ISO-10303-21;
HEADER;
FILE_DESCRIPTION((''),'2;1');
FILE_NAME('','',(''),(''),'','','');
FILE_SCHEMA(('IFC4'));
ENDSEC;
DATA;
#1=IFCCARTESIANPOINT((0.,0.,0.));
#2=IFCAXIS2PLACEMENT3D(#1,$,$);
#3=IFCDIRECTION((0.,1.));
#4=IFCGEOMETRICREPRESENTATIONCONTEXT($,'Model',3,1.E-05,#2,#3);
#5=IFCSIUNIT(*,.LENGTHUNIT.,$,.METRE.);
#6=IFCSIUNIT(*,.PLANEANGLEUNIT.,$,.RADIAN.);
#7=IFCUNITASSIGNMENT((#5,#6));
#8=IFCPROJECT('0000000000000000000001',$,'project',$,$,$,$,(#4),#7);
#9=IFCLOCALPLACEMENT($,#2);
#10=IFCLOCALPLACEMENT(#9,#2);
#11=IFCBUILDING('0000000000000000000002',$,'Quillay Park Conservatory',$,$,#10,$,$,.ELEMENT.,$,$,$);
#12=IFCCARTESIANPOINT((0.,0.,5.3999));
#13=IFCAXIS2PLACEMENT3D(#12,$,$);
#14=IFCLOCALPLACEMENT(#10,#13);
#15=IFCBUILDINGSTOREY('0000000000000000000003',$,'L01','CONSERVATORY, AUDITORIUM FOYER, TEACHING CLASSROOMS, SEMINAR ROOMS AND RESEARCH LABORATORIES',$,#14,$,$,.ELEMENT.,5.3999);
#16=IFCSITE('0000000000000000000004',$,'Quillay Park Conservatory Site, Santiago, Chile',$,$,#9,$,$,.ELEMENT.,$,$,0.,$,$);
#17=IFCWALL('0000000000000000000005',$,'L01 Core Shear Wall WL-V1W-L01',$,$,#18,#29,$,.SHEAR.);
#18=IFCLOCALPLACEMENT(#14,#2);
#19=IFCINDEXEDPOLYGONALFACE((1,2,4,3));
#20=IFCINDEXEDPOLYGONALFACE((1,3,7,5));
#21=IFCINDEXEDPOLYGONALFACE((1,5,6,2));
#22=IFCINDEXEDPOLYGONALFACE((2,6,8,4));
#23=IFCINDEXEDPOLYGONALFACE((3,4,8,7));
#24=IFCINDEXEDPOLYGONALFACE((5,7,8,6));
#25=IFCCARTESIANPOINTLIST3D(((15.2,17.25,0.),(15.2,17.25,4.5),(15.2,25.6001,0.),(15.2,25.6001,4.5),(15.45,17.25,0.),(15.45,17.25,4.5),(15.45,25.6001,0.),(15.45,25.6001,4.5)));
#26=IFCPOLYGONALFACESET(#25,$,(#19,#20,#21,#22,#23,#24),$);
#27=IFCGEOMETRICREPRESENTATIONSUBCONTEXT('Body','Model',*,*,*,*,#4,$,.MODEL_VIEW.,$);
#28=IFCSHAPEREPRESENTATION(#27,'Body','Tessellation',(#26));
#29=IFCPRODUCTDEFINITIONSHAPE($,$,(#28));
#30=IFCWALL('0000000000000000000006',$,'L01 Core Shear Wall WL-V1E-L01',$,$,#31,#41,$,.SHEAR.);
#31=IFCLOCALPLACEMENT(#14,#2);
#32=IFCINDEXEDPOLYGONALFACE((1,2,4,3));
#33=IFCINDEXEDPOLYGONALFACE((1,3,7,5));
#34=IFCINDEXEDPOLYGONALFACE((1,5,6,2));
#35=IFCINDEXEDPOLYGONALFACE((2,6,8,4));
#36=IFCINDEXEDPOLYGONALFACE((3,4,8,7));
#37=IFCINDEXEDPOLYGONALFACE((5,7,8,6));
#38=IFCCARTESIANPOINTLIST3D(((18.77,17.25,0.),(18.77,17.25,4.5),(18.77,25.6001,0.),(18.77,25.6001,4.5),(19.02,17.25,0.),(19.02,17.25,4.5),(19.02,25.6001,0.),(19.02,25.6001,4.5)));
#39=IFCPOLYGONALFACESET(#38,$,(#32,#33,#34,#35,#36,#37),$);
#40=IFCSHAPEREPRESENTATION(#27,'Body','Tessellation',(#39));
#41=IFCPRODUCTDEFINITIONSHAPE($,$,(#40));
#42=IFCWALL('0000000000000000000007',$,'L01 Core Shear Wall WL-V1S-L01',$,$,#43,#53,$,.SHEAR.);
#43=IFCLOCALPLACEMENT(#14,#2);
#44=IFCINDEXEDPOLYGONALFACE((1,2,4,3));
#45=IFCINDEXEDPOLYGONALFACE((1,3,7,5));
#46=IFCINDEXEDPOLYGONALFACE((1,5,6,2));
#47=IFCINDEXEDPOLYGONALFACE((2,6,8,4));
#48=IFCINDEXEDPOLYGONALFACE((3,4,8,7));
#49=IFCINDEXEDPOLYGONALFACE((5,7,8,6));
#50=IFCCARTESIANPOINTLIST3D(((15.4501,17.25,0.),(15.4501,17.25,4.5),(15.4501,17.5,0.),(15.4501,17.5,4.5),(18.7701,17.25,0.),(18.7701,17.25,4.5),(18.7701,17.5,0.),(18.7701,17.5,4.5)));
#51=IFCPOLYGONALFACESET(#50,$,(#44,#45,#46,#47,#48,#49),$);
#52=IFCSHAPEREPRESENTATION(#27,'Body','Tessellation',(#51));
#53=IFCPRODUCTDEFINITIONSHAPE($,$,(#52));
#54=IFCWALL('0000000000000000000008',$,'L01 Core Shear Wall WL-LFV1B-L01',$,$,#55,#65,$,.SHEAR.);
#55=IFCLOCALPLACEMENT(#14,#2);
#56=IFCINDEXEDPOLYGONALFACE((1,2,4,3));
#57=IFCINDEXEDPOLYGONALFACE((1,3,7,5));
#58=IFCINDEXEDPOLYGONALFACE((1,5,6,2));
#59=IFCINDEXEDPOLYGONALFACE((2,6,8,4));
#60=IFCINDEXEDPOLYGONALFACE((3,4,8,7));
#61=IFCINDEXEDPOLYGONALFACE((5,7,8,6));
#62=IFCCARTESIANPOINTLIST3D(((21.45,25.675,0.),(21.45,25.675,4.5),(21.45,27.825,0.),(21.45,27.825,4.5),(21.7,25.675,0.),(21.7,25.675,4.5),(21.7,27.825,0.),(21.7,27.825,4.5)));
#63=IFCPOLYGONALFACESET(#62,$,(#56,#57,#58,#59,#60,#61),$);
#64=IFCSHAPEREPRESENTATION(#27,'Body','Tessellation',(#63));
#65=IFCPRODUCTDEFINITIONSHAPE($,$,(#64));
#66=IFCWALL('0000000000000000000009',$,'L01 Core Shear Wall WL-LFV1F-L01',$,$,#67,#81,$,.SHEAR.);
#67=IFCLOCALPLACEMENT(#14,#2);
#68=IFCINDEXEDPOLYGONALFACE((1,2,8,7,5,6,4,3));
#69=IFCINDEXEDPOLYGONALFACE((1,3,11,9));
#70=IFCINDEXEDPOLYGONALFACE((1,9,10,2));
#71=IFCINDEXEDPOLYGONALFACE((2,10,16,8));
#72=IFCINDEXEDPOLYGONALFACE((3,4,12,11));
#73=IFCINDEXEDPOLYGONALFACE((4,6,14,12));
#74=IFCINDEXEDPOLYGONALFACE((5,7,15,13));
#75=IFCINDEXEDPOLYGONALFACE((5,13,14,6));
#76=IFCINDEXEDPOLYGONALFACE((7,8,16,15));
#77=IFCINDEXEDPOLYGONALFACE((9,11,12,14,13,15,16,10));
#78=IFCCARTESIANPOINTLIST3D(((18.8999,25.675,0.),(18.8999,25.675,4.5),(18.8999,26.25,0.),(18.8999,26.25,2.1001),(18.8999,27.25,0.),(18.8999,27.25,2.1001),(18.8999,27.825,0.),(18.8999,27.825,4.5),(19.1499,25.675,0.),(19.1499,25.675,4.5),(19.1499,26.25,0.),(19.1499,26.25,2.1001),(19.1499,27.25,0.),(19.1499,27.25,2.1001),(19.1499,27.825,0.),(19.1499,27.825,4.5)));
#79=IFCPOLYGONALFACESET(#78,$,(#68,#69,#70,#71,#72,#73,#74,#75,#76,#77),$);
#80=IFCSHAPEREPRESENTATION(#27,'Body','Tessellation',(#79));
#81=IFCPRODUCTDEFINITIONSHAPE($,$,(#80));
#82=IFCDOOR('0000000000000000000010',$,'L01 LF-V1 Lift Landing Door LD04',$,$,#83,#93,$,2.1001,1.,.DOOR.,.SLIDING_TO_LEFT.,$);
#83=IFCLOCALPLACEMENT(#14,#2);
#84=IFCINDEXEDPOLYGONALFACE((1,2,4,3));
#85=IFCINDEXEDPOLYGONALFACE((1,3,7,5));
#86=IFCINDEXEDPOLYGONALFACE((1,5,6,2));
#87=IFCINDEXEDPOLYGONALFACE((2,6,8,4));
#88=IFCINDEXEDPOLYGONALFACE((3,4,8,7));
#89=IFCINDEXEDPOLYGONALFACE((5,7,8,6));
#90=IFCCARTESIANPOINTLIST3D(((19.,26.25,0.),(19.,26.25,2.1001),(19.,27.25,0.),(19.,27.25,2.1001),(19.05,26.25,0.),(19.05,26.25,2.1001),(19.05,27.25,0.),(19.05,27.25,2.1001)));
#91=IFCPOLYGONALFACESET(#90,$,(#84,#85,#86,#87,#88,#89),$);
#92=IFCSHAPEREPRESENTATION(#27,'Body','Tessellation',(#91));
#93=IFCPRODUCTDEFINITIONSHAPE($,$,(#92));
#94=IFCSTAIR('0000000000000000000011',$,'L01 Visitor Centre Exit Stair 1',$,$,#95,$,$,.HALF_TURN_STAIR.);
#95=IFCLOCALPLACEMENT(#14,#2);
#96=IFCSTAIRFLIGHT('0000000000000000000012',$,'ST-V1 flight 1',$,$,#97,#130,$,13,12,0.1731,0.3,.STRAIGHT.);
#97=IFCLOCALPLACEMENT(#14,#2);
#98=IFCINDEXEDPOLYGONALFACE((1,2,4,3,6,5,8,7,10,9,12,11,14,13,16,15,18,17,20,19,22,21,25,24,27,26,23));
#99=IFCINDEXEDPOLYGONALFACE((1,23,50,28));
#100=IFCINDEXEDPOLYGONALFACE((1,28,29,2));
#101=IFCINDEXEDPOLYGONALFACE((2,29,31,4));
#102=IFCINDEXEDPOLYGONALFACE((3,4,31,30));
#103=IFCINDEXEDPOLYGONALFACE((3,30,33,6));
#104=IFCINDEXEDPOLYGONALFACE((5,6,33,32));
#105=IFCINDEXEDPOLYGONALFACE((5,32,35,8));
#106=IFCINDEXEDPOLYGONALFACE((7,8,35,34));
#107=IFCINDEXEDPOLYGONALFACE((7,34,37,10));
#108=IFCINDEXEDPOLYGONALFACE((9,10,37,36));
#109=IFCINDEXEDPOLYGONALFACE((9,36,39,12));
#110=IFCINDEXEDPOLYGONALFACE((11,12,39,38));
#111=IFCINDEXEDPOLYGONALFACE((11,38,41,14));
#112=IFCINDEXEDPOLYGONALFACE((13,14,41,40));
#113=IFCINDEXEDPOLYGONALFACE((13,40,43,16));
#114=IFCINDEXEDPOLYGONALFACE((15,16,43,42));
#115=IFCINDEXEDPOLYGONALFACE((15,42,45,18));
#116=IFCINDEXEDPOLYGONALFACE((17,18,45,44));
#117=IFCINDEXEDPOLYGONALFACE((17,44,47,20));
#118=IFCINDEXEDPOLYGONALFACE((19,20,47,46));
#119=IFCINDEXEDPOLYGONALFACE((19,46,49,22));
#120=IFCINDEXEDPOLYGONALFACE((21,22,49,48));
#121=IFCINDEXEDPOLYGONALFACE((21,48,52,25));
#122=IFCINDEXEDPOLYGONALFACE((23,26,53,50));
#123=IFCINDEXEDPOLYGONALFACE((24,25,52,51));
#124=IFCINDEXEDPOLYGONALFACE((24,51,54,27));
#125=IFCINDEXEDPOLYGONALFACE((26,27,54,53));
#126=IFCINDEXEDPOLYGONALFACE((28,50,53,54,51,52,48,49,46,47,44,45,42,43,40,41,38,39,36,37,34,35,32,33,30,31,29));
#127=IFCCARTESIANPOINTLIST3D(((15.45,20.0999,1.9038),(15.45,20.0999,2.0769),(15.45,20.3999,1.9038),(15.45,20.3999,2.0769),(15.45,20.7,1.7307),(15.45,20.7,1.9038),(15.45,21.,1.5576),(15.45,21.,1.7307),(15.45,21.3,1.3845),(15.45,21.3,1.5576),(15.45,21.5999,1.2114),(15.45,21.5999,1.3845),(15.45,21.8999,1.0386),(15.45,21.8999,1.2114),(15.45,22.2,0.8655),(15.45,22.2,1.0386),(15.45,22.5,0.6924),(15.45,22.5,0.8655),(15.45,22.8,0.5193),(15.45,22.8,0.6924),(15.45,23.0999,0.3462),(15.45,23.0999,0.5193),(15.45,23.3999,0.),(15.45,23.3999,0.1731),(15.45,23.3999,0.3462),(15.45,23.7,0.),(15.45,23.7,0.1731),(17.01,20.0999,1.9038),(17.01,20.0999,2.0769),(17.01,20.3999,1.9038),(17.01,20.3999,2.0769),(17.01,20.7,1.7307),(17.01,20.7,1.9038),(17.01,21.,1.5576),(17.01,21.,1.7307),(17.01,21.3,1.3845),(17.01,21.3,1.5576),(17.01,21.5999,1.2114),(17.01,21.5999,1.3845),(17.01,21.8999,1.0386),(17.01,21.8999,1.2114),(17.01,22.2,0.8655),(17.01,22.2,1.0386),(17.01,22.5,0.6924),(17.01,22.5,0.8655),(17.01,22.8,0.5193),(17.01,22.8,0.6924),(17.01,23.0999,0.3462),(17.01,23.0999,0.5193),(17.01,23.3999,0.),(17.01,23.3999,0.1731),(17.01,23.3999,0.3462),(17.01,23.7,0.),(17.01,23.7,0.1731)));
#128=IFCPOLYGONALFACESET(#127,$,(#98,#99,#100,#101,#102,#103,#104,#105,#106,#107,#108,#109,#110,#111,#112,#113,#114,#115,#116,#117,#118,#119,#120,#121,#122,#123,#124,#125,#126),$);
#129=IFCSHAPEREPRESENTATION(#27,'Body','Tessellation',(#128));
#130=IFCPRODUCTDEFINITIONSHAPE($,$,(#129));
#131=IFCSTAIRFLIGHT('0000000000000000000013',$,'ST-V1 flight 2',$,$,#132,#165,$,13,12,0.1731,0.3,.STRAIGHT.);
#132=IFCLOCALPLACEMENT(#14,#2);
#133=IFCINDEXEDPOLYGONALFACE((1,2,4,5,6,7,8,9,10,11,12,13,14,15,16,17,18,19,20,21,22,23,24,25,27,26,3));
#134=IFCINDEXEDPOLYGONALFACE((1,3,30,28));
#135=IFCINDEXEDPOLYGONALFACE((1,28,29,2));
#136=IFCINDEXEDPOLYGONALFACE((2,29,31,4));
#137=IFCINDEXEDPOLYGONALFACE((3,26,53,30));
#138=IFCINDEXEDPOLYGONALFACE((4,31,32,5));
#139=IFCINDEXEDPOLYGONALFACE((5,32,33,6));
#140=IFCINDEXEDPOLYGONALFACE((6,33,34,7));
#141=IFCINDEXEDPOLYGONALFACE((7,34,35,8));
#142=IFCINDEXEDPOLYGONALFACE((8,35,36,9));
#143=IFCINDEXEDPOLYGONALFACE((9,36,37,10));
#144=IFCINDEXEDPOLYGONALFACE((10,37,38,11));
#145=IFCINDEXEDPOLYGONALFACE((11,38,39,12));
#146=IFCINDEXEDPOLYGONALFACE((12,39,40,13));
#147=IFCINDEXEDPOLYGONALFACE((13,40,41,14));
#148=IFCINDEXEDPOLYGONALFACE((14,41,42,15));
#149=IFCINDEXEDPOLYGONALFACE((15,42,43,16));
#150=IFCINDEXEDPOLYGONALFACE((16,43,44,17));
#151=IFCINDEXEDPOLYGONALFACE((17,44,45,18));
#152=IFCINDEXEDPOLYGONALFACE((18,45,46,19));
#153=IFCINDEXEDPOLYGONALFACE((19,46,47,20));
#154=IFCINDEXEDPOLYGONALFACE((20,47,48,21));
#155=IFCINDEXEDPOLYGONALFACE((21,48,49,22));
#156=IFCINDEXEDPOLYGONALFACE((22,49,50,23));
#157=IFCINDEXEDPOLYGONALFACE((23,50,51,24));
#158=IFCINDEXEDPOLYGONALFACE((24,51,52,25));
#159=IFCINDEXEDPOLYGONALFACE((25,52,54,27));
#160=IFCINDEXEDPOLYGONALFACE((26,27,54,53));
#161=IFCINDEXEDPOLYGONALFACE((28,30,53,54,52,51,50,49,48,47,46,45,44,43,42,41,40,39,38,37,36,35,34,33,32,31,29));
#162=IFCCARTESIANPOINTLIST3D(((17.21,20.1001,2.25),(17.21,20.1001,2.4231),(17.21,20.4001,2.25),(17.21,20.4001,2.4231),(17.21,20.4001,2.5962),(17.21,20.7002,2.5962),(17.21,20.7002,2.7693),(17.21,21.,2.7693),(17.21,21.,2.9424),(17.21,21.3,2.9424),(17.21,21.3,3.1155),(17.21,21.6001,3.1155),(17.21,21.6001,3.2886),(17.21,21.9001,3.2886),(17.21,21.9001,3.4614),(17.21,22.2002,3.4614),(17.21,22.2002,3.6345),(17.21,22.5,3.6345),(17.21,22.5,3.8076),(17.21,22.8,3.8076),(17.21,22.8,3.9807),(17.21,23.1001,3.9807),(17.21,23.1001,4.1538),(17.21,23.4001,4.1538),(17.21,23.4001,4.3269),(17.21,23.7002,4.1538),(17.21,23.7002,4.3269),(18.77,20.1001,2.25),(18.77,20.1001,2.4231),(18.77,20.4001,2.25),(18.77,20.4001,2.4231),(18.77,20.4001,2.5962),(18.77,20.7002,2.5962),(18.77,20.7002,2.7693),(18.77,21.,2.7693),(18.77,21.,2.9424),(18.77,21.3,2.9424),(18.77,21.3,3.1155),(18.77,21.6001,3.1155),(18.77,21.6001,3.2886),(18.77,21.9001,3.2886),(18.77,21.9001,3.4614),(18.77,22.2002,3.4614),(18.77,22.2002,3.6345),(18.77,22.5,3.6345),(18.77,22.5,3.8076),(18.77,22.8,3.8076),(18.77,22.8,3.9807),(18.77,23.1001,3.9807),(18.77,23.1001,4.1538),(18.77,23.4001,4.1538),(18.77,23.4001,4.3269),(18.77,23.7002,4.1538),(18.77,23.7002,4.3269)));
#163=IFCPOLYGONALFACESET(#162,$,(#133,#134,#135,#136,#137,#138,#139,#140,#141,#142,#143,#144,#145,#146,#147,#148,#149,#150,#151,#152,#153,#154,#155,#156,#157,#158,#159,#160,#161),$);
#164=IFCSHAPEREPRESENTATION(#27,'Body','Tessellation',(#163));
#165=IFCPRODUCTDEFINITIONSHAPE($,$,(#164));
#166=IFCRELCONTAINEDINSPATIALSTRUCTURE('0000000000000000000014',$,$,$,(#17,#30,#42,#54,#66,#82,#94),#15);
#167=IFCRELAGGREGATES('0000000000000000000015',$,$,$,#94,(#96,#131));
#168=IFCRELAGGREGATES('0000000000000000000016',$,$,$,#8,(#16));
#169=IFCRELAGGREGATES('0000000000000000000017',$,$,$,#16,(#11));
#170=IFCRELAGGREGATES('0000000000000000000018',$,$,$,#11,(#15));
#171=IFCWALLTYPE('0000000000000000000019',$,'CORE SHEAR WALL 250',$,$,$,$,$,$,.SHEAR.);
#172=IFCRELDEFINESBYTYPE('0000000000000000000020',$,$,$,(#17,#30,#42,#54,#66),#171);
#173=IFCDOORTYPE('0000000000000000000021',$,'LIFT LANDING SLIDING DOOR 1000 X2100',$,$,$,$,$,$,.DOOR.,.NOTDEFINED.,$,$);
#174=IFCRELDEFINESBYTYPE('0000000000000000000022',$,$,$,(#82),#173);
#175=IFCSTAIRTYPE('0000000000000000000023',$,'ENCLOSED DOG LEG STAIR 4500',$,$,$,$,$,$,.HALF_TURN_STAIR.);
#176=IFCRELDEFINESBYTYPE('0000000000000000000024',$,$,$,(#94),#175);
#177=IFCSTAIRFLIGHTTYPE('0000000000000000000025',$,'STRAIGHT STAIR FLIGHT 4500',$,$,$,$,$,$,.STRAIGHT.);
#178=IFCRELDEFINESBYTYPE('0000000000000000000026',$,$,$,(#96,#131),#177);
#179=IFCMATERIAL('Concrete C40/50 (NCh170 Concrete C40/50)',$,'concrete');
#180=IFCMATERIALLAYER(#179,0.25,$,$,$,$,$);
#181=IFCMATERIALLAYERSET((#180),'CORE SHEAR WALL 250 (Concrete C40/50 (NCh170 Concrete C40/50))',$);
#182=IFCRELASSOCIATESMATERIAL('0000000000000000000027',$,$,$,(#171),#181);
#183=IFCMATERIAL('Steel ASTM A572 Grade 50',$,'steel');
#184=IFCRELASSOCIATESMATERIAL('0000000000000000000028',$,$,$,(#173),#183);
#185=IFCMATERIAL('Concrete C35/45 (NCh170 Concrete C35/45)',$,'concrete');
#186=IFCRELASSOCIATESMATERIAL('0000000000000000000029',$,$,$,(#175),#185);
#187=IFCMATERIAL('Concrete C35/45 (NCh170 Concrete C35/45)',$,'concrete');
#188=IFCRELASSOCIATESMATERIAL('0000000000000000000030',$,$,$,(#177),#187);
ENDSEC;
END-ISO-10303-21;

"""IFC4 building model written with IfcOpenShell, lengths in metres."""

from ifc_helpers import new_model, si_unit, direction, frame, frame_2d, origin, place, context, subcontext, project, spatial, polyline, rectangle, outline, extrude, material, layer, layer_set, type_object, element, fill, aggregate, save


model = new_model("IFC4")

# Units and contexts
model_context = context("Model", 3, precision=1e-05, world=origin(), true_north=direction((0.0, 1.0)))
body_context = subcontext(model_context, "Body", "Model", "MODEL_VIEW")
ifc_project = project(units=[si_unit("LENGTHUNIT", "METRE"), si_unit("PLANEANGLEUNIT", "RADIAN")], contexts=[model_context])

# Site, building, storey
site_placement = place(None, origin())
site = spatial("IfcSite", under=ifc_project, at=site_placement, Name="Quillay Park Conservatory Site, Santiago, Chile", CompositionType="ELEMENT", RefElevation=0.0)
building_placement = place(site_placement, origin())
building = spatial("IfcBuilding", under=site, at=building_placement, Name="Quillay Park Conservatory", CompositionType="ELEMENT")
storey_placement = place(building_placement, frame((0.0, 0.0, 5.3999)))
storey = spatial("IfcBuildingStorey", under=building, at=storey_placement, Name="L01", Description="CONSERVATORY, AUDITORIUM FOYER, TEACHING CLASSROOMS, SEMINAR ROOMS AND RESEARCH LABORATORIES", CompositionType="ELEMENT", Elevation=5.3999)

# Walls
ifc_material_1 = material(Name="Concrete C40/50 (NCh170 Concrete C40/50)", Category="concrete")
ifc_layer_1 = layer(ifc_material_1, 0.25)
ifc_layer_set_1 = layer_set([ifc_layer_1], Name="CORE SHEAR WALL 250 (Concrete C40/50 (NCh170 Concrete C40/50))")
wall_type_1 = type_object("IfcWallType", Name="CORE SHEAR WALL 250", PredefinedType="SHEAR", material=ifc_layer_set_1)
for number, where, z_axis, x_axis, name in (
    (1, (15.325, 17.25, 0.0), (0.0, 0.0, 1.0), (0.0, 1.0, 0.0), "L01 Core Shear Wall WL-V1W-L01"),
    (2, (18.895, 17.25, 0.0), (0.0, 0.0, 1.0), (0.0, 1.0, 0.0), "L01 Core Shear Wall WL-V1E-L01"),
):
    element("IfcWall", number, at=place(storey_placement, frame(where, z_axis=z_axis, x_axis=x_axis)), inside=storey, type_object=wall_type_1, Name=name, PredefinedType="SHEAR", context=body_context, shape_type="SweptSolid", body=[
        extrude(rectangle(XDim=8.3501, YDim=0.25, at=frame_2d((4.175, 0.0))), origin(), (0.0, 0.0, 1.0), 4.5),
    ])
wall_1_placement = place(storey_placement, frame((15.45, 17.375, 0.0), z_axis=(0.0, 0.0, 1.0), x_axis=(1.0, 0.0, 0.0)))
element("IfcWall", 3, at=wall_1_placement, inside=storey, type_object=wall_type_1, Name="L01 Core Shear Wall WL-V1S-L01", PredefinedType="SHEAR", context=body_context, shape_type="SweptSolid", body=[
    extrude(rectangle(XDim=3.3201, YDim=0.25, at=frame_2d((1.6602, 0.0))), origin(), (0.0, 0.0, 1.0), 4.5),
])

# Wall
wall_2_placement = place(storey_placement, frame((21.575, 25.675, 0.0), z_axis=(0.0, 0.0, 1.0), x_axis=(0.0, 1.0, 0.0)))
element("IfcWall", 4, at=wall_2_placement, inside=storey, type_object=wall_type_1, Name="L01 Core Shear Wall WL-LFV1B-L01", PredefinedType="SHEAR", context=body_context, shape_type="SweptSolid", body=[
    extrude(rectangle(XDim=2.1499, YDim=0.25, at=frame_2d((1.075, 0.0))), origin(), (0.0, 0.0, 1.0), 4.5),
])

# Wall, opening, door
wall_3_placement = place(storey_placement, frame((19.0249, 25.675, 0.0), z_axis=(0.0, 0.0, 1.0), x_axis=(0.0, 1.0, 0.0)))
wall_3 = element("IfcWall", 5, at=wall_3_placement, inside=storey, type_object=wall_type_1, Name="L01 Core Shear Wall WL-LFV1F-L01", PredefinedType="SHEAR", context=body_context, shape_type="SweptSolid", body=[
    extrude(rectangle(XDim=2.1499, YDim=0.25, at=frame_2d((1.075, 0.0))), origin(), (0.0, 0.0, 1.0), 4.5),
])
opening_1_placement = place(wall_3_placement, frame((0.575, 0.0, 0.0)))
opening_1 = element("IfcOpeningElement", 6, at=opening_1_placement, cuts=wall_3, PredefinedType="OPENING", context=body_context, shape_type="SweptSolid", body=[
    extrude(rectangle(XDim=1.0, YDim=2.1001, at=frame_2d((0.5, 1.05))), frame((0.0, 0.125, 0.0), z_axis=(0.0, -1.0, 0.0), x_axis=(1.0, 0.0, 0.0)), (0.0, 0.0, 1.0), 0.25),
])
ifc_material_2 = material(Name="Steel ASTM A572 Grade 50", Category="steel")
door_type_1 = type_object("IfcDoorType", Name="LIFT LANDING SLIDING DOOR 1000 X2100", OperationType="NOTDEFINED", PredefinedType="DOOR", material=ifc_material_2)
door_1_placement = place(opening_1_placement, origin())
door_1 = element("IfcDoor", 7, at=door_1_placement, inside=storey, type_object=door_type_1, Name="L01 LF-V1 Lift Landing Door LD04", OperationType="SLIDING_TO_LEFT", OverallHeight=2.1001, OverallWidth=1.0, PredefinedType="DOOR", context=body_context, shape_type="SweptSolid", body=[
    extrude(rectangle(XDim=1.0, YDim=2.1001, at=frame_2d((0.5, 1.05))), frame((0.0, 0.0249, 0.0), z_axis=(0.0, -1.0, 0.0), x_axis=(1.0, 0.0, 0.0)), (0.0, 0.0, 1.0), 0.05),
])
fill(opening_1, door_1)

# Stair, stair flights
ifc_material_3 = material(Name="Concrete C35/45 (NCh170 Concrete C35/45)", Category="concrete")
stair_type = type_object("IfcStairType", Name="ENCLOSED DOG LEG STAIR 4500", PredefinedType="HALF_TURN_STAIR", material=ifc_material_3)
stair_placement = place(storey_placement, origin())
stair = element("IfcStair", 8, at=stair_placement, inside=storey, type_object=stair_type, Name="L01 Visitor Centre Exit Stair 1", PredefinedType="HALF_TURN_STAIR")
ifc_material_4 = material(Name="Concrete C35/45 (NCh170 Concrete C35/45)", Category="concrete")
stair_flight_type = type_object("IfcStairFlightType", Name="STRAIGHT STAIR FLIGHT 4500", PredefinedType="STRAIGHT", material=ifc_material_4)
stair_flight_1_placement = place(storey_placement, frame((16.23, 23.7, 0.0), z_axis=(0.0, 0.0, 1.0), x_axis=(0.0, -1.0, 0.0)))
stair_flight_1 = element("IfcStairFlight", 9, at=stair_flight_1_placement, type_object=stair_flight_type, Name="ST-V1 flight 1", NumberOfRisers=13, NumberOfTreads=12, PredefinedType="STRAIGHT", RiserHeight=0.1731, TreadLength=0.3, context=body_context, shape_type="SweptSolid", body=[
    extrude(outline(polyline([(0.0, 0.0), (0.0, 0.1731), (0.3, 0.1731), (0.3, 0.3462), (0.6001, 0.3462), (0.6001, 0.5193), (0.8999, 0.5193), (0.8999, 0.6924), (1.2, 0.6924), (1.2, 0.8655), (1.5, 0.8655), (1.5, 1.0386), (1.8, 1.0386), (1.8, 1.2114), (2.1001, 1.2114), (2.1001, 1.3845), (2.3999, 1.3845), (2.3999, 1.5576), (2.7, 1.5576), (2.7, 1.7307), (3.0, 1.7307), (3.0, 1.9038), (3.3, 1.9038), (3.3, 2.0769), (3.6001, 2.0769), (3.6001, 2.25), (3.6001, 1.9038), (0.3, 0.0), (0.0, 0.0)])), frame((0.0, 0.78, 0.0), z_axis=(0.0, -1.0, 0.0), x_axis=(1.0, 0.0, 0.0)), (0.0, 0.0, 1.0), 1.5601),
])
stair_flight_2_placement = place(storey_placement, frame((17.99, 20.1001, 2.25), z_axis=(0.0, 0.0, 1.0), x_axis=(0.0, 1.0, 0.0)))
stair_flight_2 = element("IfcStairFlight", 10, at=stair_flight_2_placement, type_object=stair_flight_type, Name="ST-V1 flight 2", NumberOfRisers=13, NumberOfTreads=12, PredefinedType="STRAIGHT", RiserHeight=0.1731, TreadLength=0.3, context=body_context, shape_type="SweptSolid", body=[
    extrude(outline(polyline([(0.0, 0.0), (0.0, 0.1731), (0.3, 0.1731), (0.3, 0.3462), (0.6001, 0.3462), (0.6001, 0.5193), (0.8999, 0.5193), (0.8999, 0.6924), (1.2, 0.6924), (1.2, 0.8655), (1.5, 0.8655), (1.5, 1.0386), (1.8, 1.0386), (1.8, 1.2114), (2.1001, 1.2114), (2.1001, 1.3845), (2.3999, 1.3845), (2.3999, 1.5576), (2.7, 1.5576), (2.7, 1.7307), (3.0, 1.7307), (3.0, 1.9038), (3.3, 1.9038), (3.3, 2.0769), (3.6001, 2.0769), (3.6001, 2.25), (3.6001, 1.9038), (0.3, 0.0), (0.0, 0.0)])), frame((0.0, 0.78, 0.0), z_axis=(0.0, -1.0, 0.0), x_axis=(1.0, 0.0, 0.0)), (0.0, 0.0, 1.0), 1.5601),
])
aggregate(stair, [stair_flight_1, stair_flight_2])

save(model, "model.ifc")
